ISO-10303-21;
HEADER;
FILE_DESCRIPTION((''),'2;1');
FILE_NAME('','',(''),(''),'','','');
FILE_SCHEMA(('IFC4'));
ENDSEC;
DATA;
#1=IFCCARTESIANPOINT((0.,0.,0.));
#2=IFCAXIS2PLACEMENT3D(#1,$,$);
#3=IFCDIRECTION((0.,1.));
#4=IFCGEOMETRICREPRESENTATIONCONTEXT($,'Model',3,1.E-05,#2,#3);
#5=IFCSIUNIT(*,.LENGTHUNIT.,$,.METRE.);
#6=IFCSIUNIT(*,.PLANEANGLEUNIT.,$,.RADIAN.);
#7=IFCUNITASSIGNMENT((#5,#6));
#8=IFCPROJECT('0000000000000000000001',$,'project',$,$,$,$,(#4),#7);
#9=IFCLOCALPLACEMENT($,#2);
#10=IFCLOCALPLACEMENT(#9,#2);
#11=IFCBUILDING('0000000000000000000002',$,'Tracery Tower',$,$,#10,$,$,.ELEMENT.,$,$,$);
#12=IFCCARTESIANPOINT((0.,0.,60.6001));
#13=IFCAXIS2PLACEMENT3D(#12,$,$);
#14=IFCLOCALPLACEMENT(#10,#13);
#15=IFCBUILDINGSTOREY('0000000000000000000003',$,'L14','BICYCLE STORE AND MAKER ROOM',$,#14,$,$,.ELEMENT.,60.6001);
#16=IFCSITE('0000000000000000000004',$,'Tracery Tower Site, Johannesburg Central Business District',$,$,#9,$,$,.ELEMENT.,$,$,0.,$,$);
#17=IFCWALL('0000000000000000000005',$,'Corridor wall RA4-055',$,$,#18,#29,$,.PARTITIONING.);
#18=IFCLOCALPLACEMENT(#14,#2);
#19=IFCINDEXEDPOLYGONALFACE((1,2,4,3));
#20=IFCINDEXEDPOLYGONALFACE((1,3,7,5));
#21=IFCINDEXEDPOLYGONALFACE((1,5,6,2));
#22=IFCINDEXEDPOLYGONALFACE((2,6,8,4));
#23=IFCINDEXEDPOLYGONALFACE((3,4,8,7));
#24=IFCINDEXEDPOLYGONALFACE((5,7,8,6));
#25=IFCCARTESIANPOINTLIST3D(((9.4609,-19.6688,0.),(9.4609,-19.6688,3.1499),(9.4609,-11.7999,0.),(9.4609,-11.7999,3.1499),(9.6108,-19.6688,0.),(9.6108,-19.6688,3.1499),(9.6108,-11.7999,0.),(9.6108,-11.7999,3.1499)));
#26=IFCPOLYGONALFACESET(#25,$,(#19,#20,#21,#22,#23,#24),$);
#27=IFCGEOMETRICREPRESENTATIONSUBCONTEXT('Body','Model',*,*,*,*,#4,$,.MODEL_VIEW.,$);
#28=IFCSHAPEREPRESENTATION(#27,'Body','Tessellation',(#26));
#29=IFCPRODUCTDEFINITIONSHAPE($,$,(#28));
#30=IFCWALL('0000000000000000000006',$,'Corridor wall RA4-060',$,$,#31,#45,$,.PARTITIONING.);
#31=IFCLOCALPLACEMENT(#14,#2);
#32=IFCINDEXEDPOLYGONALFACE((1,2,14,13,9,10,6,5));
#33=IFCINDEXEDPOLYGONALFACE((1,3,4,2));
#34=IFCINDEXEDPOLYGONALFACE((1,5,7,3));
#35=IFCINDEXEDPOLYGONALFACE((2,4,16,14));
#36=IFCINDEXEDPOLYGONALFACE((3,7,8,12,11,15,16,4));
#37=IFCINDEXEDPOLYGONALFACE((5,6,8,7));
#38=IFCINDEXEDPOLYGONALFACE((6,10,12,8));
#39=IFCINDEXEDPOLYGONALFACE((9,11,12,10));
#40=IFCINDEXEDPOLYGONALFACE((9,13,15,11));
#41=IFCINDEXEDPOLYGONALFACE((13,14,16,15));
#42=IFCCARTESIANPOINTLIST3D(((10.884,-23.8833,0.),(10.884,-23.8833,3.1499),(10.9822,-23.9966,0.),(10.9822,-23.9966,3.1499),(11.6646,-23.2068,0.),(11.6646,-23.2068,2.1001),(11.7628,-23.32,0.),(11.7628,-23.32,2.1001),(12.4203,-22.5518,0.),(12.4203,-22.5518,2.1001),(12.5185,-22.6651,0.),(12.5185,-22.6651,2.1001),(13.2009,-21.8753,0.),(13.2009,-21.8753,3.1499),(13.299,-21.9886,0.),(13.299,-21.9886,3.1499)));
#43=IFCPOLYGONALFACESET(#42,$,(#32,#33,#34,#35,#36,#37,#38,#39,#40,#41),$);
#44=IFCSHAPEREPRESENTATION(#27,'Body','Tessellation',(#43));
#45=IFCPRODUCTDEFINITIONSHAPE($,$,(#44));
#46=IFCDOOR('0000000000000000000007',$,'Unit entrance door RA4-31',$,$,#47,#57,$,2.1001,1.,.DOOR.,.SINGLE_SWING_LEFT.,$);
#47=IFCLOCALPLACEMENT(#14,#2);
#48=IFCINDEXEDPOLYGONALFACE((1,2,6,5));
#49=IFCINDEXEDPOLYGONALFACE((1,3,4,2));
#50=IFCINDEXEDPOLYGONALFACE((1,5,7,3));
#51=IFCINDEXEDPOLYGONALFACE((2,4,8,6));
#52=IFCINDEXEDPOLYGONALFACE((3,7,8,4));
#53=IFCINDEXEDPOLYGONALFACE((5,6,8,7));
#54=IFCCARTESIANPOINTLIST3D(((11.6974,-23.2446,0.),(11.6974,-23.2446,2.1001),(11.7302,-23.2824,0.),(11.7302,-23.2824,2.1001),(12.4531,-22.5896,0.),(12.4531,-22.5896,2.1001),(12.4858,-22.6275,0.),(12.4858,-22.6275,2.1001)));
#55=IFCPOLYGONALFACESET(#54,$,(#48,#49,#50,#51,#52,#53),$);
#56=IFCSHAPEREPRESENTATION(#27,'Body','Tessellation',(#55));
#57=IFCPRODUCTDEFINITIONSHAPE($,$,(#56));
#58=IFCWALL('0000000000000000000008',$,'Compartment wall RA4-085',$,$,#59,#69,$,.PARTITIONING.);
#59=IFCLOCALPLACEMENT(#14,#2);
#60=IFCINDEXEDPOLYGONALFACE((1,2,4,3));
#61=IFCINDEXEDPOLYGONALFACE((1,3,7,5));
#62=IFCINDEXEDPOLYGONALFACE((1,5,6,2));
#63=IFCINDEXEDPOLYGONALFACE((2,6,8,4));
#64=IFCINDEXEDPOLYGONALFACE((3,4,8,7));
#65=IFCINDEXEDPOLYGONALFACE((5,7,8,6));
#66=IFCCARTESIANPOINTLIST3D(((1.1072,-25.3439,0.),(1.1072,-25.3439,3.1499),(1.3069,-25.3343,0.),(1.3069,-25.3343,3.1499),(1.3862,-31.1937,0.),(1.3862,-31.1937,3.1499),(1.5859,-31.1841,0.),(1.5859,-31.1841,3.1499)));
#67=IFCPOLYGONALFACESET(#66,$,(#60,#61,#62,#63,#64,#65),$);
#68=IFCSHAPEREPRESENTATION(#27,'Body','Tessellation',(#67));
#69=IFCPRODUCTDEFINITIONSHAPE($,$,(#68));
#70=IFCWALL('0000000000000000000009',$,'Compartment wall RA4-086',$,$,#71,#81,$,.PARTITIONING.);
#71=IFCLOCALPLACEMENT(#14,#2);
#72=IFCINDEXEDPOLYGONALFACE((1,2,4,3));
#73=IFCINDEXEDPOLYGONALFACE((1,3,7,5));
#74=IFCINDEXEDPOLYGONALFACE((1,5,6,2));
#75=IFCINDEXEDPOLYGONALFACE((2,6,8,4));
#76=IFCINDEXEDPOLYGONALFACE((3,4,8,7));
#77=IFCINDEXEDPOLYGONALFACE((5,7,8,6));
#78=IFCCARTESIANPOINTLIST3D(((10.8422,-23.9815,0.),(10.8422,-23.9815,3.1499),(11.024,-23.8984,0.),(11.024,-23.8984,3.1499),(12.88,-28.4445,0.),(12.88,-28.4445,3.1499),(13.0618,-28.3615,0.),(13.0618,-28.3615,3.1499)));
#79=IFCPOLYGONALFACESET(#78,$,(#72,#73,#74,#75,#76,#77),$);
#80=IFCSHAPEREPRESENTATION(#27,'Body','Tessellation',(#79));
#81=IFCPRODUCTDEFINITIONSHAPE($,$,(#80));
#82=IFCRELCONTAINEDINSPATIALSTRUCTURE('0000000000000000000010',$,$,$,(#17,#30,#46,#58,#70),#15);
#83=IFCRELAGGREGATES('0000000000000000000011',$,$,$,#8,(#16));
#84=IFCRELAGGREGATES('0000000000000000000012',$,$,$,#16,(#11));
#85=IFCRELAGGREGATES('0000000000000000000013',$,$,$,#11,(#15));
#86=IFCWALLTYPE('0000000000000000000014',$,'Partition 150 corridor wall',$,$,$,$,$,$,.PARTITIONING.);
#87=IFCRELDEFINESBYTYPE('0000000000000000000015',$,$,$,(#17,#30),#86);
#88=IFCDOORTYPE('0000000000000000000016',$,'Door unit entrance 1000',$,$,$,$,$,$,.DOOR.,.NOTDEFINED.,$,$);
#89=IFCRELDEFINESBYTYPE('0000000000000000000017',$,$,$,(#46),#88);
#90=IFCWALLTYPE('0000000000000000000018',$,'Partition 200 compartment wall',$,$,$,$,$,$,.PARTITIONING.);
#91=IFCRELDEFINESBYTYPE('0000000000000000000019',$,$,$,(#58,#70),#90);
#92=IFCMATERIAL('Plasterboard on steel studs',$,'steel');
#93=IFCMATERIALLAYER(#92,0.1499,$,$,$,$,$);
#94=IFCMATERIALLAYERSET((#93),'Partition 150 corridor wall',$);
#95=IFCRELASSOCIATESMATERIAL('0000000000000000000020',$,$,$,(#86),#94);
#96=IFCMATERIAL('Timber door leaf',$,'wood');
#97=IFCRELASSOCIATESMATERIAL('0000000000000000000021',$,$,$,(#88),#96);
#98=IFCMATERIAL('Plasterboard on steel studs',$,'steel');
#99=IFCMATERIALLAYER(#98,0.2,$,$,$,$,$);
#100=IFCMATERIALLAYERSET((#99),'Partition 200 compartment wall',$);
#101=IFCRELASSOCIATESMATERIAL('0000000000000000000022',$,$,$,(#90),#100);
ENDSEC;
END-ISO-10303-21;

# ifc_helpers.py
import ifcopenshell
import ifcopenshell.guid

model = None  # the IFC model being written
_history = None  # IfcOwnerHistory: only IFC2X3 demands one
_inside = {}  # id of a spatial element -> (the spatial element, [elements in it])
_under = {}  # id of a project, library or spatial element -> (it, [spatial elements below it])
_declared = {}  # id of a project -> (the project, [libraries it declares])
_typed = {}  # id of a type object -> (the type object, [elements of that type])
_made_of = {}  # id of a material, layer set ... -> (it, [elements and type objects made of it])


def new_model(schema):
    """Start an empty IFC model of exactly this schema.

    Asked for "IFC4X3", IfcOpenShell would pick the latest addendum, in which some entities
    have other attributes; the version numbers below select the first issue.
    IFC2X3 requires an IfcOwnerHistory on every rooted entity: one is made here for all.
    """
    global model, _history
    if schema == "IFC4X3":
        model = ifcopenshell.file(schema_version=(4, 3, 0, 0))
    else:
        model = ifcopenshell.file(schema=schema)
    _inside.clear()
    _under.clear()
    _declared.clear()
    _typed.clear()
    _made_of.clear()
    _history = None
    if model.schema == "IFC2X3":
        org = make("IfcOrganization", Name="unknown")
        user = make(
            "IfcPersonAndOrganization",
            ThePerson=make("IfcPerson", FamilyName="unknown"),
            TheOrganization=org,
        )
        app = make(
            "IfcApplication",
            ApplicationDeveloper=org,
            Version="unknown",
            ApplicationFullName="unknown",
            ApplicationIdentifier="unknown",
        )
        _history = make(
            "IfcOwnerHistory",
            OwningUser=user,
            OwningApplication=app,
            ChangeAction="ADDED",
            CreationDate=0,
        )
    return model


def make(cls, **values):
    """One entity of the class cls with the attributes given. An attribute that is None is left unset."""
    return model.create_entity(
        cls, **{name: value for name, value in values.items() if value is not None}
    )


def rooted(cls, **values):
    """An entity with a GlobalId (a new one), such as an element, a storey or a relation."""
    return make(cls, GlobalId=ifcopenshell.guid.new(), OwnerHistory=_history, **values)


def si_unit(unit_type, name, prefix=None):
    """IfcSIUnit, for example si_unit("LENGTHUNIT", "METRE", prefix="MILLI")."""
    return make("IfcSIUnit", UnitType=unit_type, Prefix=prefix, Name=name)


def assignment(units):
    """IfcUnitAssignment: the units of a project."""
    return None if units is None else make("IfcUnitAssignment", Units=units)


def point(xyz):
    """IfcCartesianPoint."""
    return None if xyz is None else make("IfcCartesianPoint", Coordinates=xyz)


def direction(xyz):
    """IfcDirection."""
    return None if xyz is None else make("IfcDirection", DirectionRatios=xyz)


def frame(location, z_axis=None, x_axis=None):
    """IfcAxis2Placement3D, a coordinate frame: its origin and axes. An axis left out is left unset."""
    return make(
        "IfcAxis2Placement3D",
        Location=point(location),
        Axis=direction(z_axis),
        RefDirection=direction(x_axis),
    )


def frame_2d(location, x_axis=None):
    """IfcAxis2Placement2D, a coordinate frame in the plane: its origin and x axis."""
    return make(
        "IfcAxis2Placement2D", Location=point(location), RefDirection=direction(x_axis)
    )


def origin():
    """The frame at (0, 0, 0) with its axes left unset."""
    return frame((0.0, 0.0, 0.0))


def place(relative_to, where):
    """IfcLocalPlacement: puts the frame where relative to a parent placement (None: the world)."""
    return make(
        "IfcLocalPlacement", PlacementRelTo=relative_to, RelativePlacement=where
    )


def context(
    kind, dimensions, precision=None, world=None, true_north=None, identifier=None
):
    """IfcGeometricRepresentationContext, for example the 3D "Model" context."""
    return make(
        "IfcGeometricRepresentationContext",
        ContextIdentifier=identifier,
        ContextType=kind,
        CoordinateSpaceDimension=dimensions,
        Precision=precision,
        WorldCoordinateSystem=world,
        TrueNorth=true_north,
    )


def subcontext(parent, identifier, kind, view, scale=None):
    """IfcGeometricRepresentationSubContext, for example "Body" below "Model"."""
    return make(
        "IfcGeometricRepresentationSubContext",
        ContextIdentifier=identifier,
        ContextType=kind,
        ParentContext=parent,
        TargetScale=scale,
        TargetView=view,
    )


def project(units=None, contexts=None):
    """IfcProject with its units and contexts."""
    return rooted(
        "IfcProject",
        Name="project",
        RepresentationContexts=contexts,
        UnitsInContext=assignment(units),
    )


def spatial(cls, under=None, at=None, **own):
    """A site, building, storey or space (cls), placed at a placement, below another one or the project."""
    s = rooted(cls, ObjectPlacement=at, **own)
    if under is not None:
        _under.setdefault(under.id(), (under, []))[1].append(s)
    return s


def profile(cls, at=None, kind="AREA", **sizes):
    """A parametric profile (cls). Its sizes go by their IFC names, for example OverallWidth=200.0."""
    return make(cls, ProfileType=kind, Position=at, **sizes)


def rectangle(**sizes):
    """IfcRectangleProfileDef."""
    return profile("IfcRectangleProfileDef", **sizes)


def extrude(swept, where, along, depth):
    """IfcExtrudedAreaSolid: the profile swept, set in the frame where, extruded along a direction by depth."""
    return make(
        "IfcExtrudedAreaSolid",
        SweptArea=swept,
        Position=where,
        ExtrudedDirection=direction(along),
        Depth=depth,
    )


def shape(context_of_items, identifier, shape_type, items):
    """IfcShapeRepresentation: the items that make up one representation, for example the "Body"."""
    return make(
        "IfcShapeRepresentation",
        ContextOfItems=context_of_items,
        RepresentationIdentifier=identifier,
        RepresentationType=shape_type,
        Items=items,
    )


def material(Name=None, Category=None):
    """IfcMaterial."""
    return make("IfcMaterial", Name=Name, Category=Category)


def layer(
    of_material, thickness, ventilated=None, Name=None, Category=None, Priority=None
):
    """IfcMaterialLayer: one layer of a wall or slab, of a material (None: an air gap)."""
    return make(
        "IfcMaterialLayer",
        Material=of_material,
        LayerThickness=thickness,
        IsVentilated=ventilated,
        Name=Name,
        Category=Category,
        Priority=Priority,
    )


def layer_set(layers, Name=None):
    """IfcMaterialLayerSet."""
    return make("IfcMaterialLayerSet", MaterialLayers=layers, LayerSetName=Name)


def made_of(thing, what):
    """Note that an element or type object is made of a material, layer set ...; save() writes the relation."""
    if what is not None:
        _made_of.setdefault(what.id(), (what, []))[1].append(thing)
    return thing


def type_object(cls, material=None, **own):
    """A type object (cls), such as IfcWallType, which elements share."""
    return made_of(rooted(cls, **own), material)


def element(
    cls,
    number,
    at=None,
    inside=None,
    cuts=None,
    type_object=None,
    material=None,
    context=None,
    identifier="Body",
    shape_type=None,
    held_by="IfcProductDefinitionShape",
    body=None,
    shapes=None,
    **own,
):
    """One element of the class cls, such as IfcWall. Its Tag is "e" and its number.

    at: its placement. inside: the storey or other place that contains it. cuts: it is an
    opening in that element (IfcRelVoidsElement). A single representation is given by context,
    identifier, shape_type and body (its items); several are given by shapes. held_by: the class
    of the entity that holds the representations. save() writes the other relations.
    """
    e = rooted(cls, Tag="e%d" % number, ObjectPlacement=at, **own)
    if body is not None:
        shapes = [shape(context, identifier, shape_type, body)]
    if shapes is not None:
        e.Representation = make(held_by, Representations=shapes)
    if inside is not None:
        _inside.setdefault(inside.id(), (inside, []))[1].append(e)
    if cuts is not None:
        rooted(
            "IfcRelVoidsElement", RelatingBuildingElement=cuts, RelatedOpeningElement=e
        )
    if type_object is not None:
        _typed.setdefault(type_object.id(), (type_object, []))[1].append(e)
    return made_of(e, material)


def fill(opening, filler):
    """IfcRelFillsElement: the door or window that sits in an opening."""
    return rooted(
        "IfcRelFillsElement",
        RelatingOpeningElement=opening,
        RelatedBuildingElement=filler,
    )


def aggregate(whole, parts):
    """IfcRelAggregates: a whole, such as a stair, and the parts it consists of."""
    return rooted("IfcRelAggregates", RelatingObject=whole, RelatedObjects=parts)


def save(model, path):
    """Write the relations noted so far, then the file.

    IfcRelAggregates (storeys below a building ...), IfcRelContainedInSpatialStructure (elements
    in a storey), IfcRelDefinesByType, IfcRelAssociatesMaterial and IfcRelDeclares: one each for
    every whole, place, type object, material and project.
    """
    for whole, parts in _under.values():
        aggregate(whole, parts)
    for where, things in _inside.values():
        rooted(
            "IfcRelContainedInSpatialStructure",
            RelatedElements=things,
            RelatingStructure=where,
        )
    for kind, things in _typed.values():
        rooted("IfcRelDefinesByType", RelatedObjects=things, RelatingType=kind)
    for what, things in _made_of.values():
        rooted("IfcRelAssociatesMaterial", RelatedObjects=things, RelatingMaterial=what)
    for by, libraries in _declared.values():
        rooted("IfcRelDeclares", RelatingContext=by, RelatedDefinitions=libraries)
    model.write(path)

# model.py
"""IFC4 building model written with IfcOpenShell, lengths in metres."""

from ifc_helpers import new_model, si_unit, direction, frame, frame_2d, origin, place, context, subcontext, project, spatial, rectangle, extrude, material, layer, layer_set, type_object, element, fill, save


model = new_model("IFC4")

# Units and contexts
model_context = context("Model", 3, precision=1e-05, world=origin(), true_north=direction((0.0, 1.0)))
body_context = subcontext(model_context, "Body", "Model", "MODEL_VIEW")
ifc_project = project(units=[si_unit("LENGTHUNIT", "METRE"), si_unit("PLANEANGLEUNIT", "RADIAN")], contexts=[model_context])

# Site, building, storey
site_placement = place(None, origin())
site = spatial("IfcSite", under=ifc_project, at=site_placement, Name="Tracery Tower Site, Johannesburg Central Business District", CompositionType="ELEMENT", RefElevation=0.0)
building_placement = place(site_placement, origin())
building = spatial("IfcBuilding", under=site, at=building_placement, Name="Tracery Tower", CompositionType="ELEMENT")
storey_placement = place(building_placement, frame((0.0, 0.0, 60.6001)))
storey = spatial("IfcBuildingStorey", under=building, at=storey_placement, Name="L14", Description="BICYCLE STORE AND MAKER ROOM", CompositionType="ELEMENT", Elevation=60.6001)

# Shared definitions
ifc_material_1 = material(Name="Plasterboard on steel studs", Category="steel")
ifc_layer_1 = layer(ifc_material_1, 0.1499)
ifc_layer_set_1 = layer_set([ifc_layer_1], Name="Partition 150 corridor wall")
wall_type_1 = type_object("IfcWallType", Name="Partition 150 corridor wall", PredefinedType="PARTITIONING", material=ifc_layer_set_1)
ifc_material_2 = material(Name="Timber door leaf", Category="wood")
door_type = type_object("IfcDoorType", Name="Door unit entrance 1000", OperationType="NOTDEFINED", PredefinedType="DOOR", material=ifc_material_2)

# Wall
wall_1_placement = place(storey_placement, frame((9.5359, -19.6689, 0.0), z_axis=(0.0, 0.0, 1.0), x_axis=(0.0, 1.0, 0.0)))
element("IfcWall", 1, at=wall_1_placement, inside=storey, type_object=wall_type_1, Name="Corridor wall RA4-055", PredefinedType="PARTITIONING", context=body_context, shape_type="SweptSolid", body=[
    extrude(rectangle(XDim=7.8689, YDim=0.1499, at=frame_2d((3.9346, 0.0))), origin(), (0.0, 0.0, 1.0), 3.1499),
])

# Wall, opening, door
wall_2_placement = place(storey_placement, frame((10.9331, -23.9399, 0.0), z_axis=(0.0, 0.0, 1.0), x_axis=(0.755676, 0.654946, 0.0)))
wall_2 = element("IfcWall", 2, at=wall_2_placement, inside=storey, type_object=wall_type_1, Name="Corridor wall RA4-060", PredefinedType="PARTITIONING", context=body_context, shape_type="SweptSolid", body=[
    extrude(rectangle(XDim=3.0659, YDim=0.1499, at=frame_2d((1.533, 0.0))), origin(), (0.0, 0.0, 1.0), 3.1499),
])
opening_1_placement = place(wall_2_placement, frame((1.033, 0.0, 0.0)))
opening_1 = element("IfcOpeningElement", 3, at=opening_1_placement, cuts=wall_2, PredefinedType="OPENING", context=body_context, shape_type="SweptSolid", body=[
    extrude(rectangle(XDim=1.0, YDim=2.1001, at=frame_2d((0.5, 1.05))), frame((0.0, 0.075, 0.0), z_axis=(0.0, -1.0, 0.0), x_axis=(1.0, 0.0, 0.0)), (0.0, 0.0, 1.0), 0.1499),
])
door_1_placement = place(opening_1_placement, origin())
door_1 = element("IfcDoor", 4, at=door_1_placement, inside=storey, type_object=door_type, Name="Unit entrance door RA4-31", OperationType="SINGLE_SWING_LEFT", OverallHeight=2.1001, OverallWidth=1.0, PredefinedType="DOOR", context=body_context, shape_type="SweptSolid", body=[
    extrude(rectangle(XDim=1.0, YDim=2.1001, at=frame_2d((0.5, 1.05))), frame((0.0, 0.0249, 0.0), z_axis=(0.0, -1.0, 0.0), x_axis=(1.0, 0.0, 0.0)), (0.0, 0.0, 1.0), 0.05),
])
fill(opening_1, door_1)

# Walls
ifc_material_3 = material(Name="Plasterboard on steel studs", Category="steel")
ifc_layer_2 = layer(ifc_material_3, 0.2)
ifc_layer_set_2 = layer_set([ifc_layer_2], Name="Partition 200 compartment wall")
wall_type_2 = type_object("IfcWallType", Name="Partition 200 compartment wall", PredefinedType="PARTITIONING", material=ifc_layer_set_2)
wall_3_placement = place(storey_placement, frame((1.207, -25.3391, 0.0), z_axis=(0.0, 0.0, 1.0), x_axis=(0.047648, -0.998864, 0.0)))
element("IfcWall", 5, at=wall_3_placement, inside=storey, type_object=wall_type_2, Name="Compartment wall RA4-085", PredefinedType="PARTITIONING", context=body_context, shape_type="SweptSolid", body=[
    extrude(rectangle(XDim=5.8564, YDim=0.2, at=frame_2d((2.9282, 0.0))), origin(), (0.0, 0.0, 1.0), 3.1499),
])
wall_4_placement = place(storey_placement, frame((10.9331, -23.9399, 0.0), z_axis=(0.0, 0.0, 1.0), x_axis=(0.415347, -0.909663, 0.0)))
element("IfcWall", 6, at=wall_4_placement, inside=storey, type_object=wall_type_2, Name="Compartment wall RA4-086", PredefinedType="PARTITIONING", context=body_context, shape_type="SweptSolid", body=[
    extrude(rectangle(XDim=4.9062, YDim=0.2, at=frame_2d((2.4531, 0.0))), origin(), (0.0, 0.0, 1.0), 3.1499),
])

save(model, "model.ifc")
